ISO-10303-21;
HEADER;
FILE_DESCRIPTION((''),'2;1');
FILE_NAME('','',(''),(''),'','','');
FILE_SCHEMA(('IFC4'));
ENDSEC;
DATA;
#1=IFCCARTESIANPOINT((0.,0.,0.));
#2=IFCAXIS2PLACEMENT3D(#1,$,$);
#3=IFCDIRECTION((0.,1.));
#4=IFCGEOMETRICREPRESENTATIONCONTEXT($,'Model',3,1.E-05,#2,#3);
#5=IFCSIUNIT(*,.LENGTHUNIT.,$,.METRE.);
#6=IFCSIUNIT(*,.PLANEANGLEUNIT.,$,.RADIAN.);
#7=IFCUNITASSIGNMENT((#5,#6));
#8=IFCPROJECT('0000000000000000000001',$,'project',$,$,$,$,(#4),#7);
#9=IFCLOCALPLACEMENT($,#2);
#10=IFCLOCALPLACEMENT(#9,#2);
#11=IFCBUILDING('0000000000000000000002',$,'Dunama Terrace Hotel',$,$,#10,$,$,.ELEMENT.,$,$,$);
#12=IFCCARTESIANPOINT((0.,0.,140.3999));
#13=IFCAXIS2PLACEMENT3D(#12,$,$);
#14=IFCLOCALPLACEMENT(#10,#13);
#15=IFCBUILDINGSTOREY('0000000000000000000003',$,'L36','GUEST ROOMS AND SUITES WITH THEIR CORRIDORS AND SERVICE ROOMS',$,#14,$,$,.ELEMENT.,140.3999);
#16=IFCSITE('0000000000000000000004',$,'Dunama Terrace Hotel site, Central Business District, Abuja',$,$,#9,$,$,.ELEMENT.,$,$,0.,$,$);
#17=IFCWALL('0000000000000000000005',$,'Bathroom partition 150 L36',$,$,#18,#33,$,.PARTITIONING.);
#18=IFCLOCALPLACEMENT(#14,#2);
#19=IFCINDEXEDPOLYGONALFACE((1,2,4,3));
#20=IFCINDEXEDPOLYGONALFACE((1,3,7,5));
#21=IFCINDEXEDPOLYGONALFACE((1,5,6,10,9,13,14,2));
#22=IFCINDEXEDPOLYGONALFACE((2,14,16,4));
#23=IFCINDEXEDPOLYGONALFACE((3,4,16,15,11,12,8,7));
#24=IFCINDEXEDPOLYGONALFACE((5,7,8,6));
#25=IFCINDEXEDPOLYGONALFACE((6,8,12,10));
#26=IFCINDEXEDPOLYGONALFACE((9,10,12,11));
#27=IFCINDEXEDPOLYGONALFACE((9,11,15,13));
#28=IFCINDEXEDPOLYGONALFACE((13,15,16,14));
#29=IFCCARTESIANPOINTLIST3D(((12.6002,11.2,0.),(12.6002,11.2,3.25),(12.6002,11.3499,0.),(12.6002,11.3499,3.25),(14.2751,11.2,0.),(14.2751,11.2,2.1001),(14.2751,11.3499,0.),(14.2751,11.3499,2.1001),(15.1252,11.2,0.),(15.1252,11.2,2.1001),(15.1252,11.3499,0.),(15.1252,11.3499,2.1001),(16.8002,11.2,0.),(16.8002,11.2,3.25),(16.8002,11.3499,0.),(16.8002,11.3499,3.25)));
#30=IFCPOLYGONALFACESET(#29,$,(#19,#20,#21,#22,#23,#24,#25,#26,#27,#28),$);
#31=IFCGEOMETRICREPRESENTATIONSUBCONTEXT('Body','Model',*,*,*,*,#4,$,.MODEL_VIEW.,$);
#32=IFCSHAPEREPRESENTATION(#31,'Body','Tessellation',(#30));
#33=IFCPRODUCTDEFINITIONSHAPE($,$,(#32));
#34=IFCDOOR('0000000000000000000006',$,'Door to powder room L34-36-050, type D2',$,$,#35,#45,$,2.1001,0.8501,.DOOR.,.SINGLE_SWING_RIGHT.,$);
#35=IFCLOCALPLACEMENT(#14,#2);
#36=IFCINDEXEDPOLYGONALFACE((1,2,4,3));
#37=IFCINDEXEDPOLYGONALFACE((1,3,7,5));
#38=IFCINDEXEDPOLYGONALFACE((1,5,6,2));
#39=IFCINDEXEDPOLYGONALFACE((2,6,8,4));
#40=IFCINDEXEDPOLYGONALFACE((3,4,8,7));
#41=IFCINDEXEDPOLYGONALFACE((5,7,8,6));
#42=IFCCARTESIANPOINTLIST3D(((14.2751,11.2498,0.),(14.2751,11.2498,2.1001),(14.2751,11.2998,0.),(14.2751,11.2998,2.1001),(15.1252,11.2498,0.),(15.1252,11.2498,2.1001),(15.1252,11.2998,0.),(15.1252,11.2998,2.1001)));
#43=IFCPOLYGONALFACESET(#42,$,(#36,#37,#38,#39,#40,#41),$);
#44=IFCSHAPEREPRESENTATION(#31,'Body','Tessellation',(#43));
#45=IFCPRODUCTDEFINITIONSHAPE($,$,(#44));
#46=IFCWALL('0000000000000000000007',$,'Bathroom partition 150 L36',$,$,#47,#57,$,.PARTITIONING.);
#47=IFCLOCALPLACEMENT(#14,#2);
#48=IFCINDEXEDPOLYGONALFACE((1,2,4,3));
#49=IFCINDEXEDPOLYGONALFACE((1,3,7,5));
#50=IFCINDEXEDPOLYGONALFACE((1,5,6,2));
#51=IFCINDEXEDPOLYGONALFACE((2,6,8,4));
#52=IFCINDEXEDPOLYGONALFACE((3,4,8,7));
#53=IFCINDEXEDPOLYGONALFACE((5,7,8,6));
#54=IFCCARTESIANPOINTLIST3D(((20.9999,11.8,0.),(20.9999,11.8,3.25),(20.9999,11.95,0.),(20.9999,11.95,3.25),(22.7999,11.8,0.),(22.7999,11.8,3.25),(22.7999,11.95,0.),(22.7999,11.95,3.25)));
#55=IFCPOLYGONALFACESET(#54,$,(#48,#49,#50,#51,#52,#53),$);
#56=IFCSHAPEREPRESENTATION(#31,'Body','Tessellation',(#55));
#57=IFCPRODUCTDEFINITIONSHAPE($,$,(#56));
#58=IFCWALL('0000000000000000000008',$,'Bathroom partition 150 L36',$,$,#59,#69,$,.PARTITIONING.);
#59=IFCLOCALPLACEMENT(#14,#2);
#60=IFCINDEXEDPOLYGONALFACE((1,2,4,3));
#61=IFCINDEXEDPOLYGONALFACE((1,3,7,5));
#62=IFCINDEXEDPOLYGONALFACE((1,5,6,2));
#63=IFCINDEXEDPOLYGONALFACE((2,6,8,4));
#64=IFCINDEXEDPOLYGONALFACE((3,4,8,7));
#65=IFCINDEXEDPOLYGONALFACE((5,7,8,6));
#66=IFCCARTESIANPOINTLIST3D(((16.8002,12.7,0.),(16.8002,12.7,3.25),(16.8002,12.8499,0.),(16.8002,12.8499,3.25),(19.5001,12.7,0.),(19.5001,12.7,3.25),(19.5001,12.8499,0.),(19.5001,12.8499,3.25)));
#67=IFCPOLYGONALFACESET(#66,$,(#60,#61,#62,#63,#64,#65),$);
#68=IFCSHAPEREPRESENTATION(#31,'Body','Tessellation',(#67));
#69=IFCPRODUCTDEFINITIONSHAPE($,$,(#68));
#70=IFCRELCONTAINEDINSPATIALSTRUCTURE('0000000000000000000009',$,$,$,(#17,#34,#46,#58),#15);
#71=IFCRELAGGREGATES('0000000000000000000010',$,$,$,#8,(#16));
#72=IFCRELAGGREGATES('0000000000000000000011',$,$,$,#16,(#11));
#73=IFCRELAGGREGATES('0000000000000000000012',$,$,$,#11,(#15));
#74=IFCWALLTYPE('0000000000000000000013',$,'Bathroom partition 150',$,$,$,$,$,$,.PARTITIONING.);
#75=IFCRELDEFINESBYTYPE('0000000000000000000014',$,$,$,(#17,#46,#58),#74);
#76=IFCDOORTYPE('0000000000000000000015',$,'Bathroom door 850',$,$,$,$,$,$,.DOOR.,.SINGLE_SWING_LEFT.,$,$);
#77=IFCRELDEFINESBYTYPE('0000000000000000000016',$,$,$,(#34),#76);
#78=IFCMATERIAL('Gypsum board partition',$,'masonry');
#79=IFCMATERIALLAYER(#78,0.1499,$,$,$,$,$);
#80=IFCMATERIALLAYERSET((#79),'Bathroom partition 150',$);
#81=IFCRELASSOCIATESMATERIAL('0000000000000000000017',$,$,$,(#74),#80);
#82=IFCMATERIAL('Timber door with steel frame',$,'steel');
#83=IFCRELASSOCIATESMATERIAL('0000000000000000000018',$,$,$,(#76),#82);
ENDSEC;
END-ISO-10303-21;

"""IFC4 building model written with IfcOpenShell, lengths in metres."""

from ifc_helpers import new_model, si_unit, direction, frame, frame_2d, origin, place, context, subcontext, project, spatial, rectangle, extrude, material, layer, layer_set, type_object, element, fill, save


model = new_model("IFC4")

# Units and contexts
model_context = context("Model", 3, precision=1e-05, world=origin(), true_north=direction((0.0, 1.0)))
body_context = subcontext(model_context, "Body", "Model", "MODEL_VIEW")
ifc_project = project(units=[si_unit("LENGTHUNIT", "METRE"), si_unit("PLANEANGLEUNIT", "RADIAN")], contexts=[model_context])

# Site, building, storey
site_placement = place(None, origin())
site = spatial("IfcSite", under=ifc_project, at=site_placement, Name="Dunama Terrace Hotel site, Central Business District, Abuja", CompositionType="ELEMENT", RefElevation=0.0)
building_placement = place(site_placement, origin())
building = spatial("IfcBuilding", under=site, at=building_placement, Name="Dunama Terrace Hotel", CompositionType="ELEMENT")
storey_placement = place(building_placement, frame((0.0, 0.0, 140.3999)))
storey = spatial("IfcBuildingStorey", under=building, at=storey_placement, Name="L36", Description="GUEST ROOMS AND SUITES WITH THEIR CORRIDORS AND SERVICE ROOMS", CompositionType="ELEMENT", Elevation=140.3999)

# Shared definitions
ifc_material_1 = material(Name="Gypsum board partition", Category="masonry")
ifc_layer = layer(ifc_material_1, 0.1499)
ifc_layer_set = layer_set([ifc_layer], Name="Bathroom partition 150")
wall_type = type_object("IfcWallType", Name="Bathroom partition 150", PredefinedType="PARTITIONING", material=ifc_layer_set)

# Shared definitions
ifc_material_2 = material(Name="Timber door with steel frame", Category="steel")
door_type_1 = type_object("IfcDoorType", Name="Bathroom door 850", OperationType="SINGLE_SWING_LEFT", PredefinedType="DOOR", material=ifc_material_2)

# Wall, opening, door
wall_1_placement = place(storey_placement, frame((12.6001, 11.2749, 0.0), z_axis=(0.0, 0.0, 1.0), x_axis=(1.0, 0.0, 0.0)))
wall_1 = element("IfcWall", 1, at=wall_1_placement, inside=storey, type_object=wall_type, Name="Bathroom partition 150 L36", PredefinedType="PARTITIONING", context=body_context, shape_type="SweptSolid", body=[
    extrude(rectangle(XDim=4.2, YDim=0.1499, at=frame_2d((2.1001, 0.0))), origin(), (0.0, 0.0, 1.0), 3.25),
])
opening_1_placement = place(wall_1_placement, frame((1.675, 0.0, 0.0)))
opening_1 = element("IfcOpeningElement", 2, at=opening_1_placement, cuts=wall_1, PredefinedType="OPENING", context=body_context, shape_type="SweptSolid", body=[
    extrude(rectangle(XDim=0.8501, YDim=2.1001, at=frame_2d((0.425, 1.05))), frame((0.0, 0.085, 0.0), z_axis=(0.0, -1.0, 0.0), x_axis=(1.0, 0.0, 0.0)), (0.0, 0.0, 1.0), 0.1699),
])
door_1_placement = place(opening_1_placement, origin())
door_1 = element("IfcDoor", 3, at=door_1_placement, inside=storey, type_object=door_type_1, Name="Door to powder room L34-36-050, type D2", OperationType="SINGLE_SWING_RIGHT", OverallHeight=2.1001, OverallWidth=0.8501, PredefinedType="DOOR", context=body_context, shape_type="SweptSolid", body=[
    extrude(rectangle(XDim=0.8501, YDim=2.1001, at=frame_2d((0.425, 1.05))), frame((0.0, 0.0249, 0.0), z_axis=(0.0, -1.0, 0.0), x_axis=(1.0, 0.0, 0.0)), (0.0, 0.0, 1.0), 0.05),
])
fill(opening_1, door_1)

# Walls
wall_2_placement = place(storey_placement, frame((21.0, 11.875, 0.0), z_axis=(0.0, 0.0, 1.0), x_axis=(1.0, 0.0, 0.0)))
element("IfcWall", 4, at=wall_2_placement, inside=storey, type_object=wall_type, Name="Bathroom partition 150 L36", PredefinedType="PARTITIONING", context=body_context, shape_type="SweptSolid", body=[
    extrude(rectangle(XDim=1.8, YDim=0.1499, at=frame_2d((0.8999, 0.0))), origin(), (0.0, 0.0, 1.0), 3.25),
])
wall_3_placement = place(storey_placement, frame((16.8, 12.7749, 0.0), z_axis=(0.0, 0.0, 1.0), x_axis=(1.0, 0.0, 0.0)))
element("IfcWall", 5, at=wall_3_placement, inside=storey, type_object=wall_type, Name="Bathroom partition 150 L36", PredefinedType="PARTITIONING", context=body_context, shape_type="SweptSolid", body=[
    extrude(rectangle(XDim=2.7, YDim=0.1499, at=frame_2d((1.3501, 0.0))), origin(), (0.0, 0.0, 1.0), 3.25),
])

save(model, "model.ifc")
